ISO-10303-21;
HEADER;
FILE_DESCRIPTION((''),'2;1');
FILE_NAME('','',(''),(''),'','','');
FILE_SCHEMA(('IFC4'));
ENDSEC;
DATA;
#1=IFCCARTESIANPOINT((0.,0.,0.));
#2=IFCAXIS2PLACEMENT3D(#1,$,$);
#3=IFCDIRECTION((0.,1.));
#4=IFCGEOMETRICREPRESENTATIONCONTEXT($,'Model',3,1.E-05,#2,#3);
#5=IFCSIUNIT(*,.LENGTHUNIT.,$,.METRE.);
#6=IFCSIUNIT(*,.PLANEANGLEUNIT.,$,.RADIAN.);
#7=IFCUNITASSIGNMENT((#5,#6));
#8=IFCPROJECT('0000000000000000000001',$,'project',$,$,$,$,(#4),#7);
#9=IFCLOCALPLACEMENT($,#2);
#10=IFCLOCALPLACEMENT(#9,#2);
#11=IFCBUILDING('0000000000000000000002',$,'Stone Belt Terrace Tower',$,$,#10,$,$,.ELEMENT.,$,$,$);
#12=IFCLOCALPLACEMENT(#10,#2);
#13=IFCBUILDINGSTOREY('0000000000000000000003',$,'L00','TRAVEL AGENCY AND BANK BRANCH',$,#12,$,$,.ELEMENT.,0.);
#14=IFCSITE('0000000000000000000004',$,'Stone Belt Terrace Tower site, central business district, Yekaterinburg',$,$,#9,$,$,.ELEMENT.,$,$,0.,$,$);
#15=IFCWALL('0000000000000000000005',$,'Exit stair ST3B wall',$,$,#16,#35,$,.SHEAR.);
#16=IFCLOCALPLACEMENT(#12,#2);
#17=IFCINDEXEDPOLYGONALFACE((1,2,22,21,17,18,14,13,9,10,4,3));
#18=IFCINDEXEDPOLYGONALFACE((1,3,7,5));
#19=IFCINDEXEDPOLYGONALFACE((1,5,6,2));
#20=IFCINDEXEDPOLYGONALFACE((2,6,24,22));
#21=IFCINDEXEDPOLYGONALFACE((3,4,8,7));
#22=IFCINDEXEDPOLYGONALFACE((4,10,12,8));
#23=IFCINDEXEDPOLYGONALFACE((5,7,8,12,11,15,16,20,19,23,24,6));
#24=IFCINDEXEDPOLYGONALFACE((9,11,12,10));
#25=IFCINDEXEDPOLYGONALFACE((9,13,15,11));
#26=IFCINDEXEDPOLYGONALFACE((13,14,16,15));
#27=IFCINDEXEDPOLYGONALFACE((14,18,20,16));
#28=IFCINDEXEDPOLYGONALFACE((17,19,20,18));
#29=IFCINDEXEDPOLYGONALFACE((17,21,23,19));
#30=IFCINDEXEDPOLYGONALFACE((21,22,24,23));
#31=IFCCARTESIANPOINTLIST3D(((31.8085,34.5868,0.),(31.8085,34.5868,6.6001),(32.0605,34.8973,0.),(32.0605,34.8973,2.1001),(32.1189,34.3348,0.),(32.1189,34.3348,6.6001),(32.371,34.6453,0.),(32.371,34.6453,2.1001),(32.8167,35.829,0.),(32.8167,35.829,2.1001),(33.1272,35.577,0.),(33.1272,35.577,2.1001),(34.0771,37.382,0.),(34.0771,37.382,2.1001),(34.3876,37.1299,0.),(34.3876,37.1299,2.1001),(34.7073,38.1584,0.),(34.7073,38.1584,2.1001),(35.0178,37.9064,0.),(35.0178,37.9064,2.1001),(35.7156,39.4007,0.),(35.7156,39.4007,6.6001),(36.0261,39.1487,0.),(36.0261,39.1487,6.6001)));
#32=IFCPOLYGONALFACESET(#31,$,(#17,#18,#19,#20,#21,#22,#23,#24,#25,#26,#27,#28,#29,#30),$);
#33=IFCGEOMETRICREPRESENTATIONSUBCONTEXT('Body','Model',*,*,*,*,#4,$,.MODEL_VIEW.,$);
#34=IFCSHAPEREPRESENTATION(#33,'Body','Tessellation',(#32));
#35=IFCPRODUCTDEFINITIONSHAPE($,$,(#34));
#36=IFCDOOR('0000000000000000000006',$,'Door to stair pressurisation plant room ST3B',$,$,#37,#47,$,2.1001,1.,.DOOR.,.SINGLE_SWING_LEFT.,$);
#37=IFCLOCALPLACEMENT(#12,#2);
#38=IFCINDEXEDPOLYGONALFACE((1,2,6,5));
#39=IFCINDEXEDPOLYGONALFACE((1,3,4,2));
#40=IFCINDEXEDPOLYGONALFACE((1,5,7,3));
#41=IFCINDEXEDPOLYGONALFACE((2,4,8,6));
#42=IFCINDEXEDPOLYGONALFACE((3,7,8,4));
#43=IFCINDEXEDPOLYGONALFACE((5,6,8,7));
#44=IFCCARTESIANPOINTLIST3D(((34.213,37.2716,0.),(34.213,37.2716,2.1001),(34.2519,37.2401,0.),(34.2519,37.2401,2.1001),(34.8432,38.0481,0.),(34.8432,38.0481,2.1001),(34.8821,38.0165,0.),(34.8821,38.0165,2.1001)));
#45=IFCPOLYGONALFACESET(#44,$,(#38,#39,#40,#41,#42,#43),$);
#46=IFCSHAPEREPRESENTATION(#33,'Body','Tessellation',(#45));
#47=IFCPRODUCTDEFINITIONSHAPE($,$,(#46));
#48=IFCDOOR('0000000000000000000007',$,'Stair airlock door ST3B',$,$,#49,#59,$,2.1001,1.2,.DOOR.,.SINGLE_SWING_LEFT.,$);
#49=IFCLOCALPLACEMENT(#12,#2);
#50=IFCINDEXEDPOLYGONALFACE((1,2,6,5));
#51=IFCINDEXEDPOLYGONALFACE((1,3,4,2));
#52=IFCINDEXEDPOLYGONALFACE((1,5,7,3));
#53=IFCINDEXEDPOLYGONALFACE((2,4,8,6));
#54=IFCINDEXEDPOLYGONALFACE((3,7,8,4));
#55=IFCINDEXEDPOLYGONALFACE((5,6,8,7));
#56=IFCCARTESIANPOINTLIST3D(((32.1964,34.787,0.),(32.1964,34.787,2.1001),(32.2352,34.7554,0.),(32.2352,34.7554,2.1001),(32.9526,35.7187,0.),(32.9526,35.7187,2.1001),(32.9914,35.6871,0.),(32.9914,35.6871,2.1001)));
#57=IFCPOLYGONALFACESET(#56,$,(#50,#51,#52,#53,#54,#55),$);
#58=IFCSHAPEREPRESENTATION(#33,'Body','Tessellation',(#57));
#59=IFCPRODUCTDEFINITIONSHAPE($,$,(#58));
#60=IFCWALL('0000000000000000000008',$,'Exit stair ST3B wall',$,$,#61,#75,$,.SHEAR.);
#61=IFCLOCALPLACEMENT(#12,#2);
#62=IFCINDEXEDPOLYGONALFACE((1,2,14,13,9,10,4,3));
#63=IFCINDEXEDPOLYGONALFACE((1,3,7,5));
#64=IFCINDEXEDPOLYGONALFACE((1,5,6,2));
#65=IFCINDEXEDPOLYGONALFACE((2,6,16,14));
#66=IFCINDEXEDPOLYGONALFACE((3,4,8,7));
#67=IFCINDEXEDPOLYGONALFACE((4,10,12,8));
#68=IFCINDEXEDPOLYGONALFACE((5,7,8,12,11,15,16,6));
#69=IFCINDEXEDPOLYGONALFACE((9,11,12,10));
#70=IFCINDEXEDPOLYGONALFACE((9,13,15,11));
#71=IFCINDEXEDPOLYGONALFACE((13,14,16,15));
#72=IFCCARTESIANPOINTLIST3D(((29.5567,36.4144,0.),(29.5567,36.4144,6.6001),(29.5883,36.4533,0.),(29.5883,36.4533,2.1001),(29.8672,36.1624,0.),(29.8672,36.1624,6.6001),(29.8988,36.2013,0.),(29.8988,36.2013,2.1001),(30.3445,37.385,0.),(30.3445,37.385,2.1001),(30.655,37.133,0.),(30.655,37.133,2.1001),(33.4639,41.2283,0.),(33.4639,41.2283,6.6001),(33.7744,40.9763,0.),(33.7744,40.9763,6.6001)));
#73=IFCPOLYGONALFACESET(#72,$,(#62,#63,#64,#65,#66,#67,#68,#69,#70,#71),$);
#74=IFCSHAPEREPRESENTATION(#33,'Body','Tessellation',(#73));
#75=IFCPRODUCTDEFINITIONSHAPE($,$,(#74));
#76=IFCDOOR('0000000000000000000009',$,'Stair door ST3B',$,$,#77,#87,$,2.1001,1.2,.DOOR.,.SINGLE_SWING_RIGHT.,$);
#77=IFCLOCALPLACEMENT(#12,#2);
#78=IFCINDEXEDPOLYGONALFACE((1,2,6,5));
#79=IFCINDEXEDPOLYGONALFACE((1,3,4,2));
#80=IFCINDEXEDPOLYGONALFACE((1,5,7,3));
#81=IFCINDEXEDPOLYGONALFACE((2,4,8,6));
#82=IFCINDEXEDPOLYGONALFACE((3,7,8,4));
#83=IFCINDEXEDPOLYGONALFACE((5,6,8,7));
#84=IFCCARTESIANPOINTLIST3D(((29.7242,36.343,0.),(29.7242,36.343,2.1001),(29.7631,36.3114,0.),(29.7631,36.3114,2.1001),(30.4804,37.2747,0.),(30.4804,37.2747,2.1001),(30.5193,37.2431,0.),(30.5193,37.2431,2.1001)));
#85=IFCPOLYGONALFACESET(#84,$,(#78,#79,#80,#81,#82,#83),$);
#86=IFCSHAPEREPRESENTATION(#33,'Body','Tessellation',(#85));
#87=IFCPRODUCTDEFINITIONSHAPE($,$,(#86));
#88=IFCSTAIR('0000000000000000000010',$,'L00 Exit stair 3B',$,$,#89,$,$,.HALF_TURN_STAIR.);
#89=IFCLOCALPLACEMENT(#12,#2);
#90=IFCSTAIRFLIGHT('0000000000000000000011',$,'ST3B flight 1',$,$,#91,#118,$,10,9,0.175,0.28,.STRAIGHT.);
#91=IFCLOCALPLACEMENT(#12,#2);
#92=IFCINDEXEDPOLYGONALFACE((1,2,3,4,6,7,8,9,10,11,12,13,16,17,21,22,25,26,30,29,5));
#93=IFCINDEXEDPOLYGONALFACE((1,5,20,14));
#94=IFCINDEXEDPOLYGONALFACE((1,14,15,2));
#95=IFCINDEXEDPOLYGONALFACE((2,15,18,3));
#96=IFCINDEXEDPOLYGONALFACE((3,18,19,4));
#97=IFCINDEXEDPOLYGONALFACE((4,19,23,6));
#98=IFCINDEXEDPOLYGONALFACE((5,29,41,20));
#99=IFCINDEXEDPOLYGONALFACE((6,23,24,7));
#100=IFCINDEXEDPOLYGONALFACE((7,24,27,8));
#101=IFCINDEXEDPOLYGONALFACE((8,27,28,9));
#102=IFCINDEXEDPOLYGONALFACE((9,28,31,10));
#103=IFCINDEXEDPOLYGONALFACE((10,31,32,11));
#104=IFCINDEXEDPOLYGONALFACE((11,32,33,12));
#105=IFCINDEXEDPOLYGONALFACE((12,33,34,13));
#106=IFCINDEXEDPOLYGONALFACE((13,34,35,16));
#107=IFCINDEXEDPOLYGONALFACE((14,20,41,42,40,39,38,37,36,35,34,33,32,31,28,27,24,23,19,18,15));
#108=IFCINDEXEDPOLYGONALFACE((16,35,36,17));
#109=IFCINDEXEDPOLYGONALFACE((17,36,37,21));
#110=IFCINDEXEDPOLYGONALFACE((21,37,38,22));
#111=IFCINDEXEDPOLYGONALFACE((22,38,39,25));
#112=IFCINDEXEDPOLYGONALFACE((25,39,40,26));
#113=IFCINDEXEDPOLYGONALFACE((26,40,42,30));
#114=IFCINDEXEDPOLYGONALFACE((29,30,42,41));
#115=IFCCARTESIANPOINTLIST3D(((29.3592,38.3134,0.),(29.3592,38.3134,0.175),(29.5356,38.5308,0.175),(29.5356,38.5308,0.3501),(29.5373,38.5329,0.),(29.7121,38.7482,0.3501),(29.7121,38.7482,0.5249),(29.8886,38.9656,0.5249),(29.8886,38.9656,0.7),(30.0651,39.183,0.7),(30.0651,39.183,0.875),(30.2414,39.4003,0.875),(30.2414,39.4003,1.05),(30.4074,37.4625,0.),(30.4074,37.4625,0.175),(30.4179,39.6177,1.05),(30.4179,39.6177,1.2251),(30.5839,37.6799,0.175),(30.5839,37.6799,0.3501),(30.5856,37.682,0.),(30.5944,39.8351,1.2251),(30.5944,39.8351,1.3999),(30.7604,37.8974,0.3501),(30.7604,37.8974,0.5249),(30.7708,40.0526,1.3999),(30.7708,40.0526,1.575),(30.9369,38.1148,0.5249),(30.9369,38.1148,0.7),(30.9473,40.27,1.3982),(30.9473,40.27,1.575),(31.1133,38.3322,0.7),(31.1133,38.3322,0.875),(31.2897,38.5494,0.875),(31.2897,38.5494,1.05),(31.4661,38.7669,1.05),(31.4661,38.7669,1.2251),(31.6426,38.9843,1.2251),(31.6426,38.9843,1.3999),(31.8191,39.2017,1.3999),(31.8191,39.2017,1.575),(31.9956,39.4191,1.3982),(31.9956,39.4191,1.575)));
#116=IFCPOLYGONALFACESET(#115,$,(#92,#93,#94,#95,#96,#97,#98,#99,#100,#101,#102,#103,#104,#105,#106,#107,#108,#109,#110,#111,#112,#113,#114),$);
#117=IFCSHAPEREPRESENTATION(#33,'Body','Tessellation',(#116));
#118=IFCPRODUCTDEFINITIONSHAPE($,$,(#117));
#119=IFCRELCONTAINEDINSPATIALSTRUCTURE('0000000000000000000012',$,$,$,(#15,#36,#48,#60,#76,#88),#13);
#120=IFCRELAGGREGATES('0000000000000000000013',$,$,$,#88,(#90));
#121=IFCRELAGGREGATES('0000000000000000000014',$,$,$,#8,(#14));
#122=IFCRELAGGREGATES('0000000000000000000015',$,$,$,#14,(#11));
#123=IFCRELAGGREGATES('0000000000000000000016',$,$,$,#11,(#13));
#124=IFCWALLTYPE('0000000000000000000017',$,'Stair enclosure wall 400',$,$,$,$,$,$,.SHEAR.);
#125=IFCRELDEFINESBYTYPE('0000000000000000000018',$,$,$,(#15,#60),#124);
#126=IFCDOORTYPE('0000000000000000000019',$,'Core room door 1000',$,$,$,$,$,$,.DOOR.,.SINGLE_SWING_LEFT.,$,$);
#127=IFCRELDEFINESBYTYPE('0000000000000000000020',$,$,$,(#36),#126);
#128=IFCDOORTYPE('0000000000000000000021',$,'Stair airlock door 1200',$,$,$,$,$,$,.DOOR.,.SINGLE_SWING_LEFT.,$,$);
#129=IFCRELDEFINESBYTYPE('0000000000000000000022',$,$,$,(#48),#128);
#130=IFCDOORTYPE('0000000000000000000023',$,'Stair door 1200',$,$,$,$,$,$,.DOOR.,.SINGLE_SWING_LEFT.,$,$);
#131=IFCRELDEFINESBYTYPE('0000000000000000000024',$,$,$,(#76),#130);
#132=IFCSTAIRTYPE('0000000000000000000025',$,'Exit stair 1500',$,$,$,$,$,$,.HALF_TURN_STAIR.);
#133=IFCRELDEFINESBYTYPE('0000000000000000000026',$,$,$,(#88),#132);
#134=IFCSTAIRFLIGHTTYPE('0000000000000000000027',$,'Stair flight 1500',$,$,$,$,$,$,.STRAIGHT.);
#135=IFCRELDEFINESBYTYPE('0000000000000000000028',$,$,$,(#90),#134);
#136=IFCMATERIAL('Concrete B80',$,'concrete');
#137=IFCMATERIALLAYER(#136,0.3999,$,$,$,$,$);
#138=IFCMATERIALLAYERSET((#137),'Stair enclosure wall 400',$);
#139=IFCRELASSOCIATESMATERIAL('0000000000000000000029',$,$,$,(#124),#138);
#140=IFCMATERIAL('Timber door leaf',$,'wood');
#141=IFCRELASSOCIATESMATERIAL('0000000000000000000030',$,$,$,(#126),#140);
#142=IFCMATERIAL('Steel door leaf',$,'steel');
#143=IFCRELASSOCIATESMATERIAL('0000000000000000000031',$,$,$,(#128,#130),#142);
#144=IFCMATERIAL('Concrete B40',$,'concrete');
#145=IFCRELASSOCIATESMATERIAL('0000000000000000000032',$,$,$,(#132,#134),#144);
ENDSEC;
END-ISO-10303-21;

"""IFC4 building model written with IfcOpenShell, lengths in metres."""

from ifc_helpers import new_model, si_unit, direction, frame, frame_2d, origin, place, context, subcontext, project, spatial, polyline, rectangle, outline, extrude, material, layer, layer_set, type_object, element, fill, aggregate, save


model = new_model("IFC4")

# Units and contexts
model_context = context("Model", 3, precision=1e-05, world=origin(), true_north=direction((0.0, 1.0)))
body_context = subcontext(model_context, "Body", "Model", "MODEL_VIEW")
ifc_project = project(units=[si_unit("LENGTHUNIT", "METRE"), si_unit("PLANEANGLEUNIT", "RADIAN")], contexts=[model_context])

# Site, building, storey
site_placement = place(None, origin())
site = spatial("IfcSite", under=ifc_project, at=site_placement, Name="Stone Belt Terrace Tower site, central business district, Yekaterinburg", CompositionType="ELEMENT", RefElevation=0.0)
building_placement = place(site_placement, origin())
building = spatial("IfcBuilding", under=site, at=building_placement, Name="Stone Belt Terrace Tower", CompositionType="ELEMENT")
storey_placement = place(building_placement, origin())
storey = spatial("IfcBuildingStorey", under=building, at=storey_placement, Name="L00", Description="TRAVEL AGENCY AND BANK BRANCH", CompositionType="ELEMENT", Elevation=0.0)

# Shared definitions
ifc_material_1 = material(Name="Concrete B80", Category="concrete")

# Wall, openings, doors
ifc_layer_1 = layer(ifc_material_1, 0.3999)
ifc_layer_set_1 = layer_set([ifc_layer_1], Name="Stair enclosure wall 400")
wall_type_1 = type_object("IfcWallType", Name="Stair enclosure wall 400", PredefinedType="SHEAR", material=ifc_layer_set_1)
wall_1_placement = place(storey_placement, frame((31.9636, 34.4607, 0.0), z_axis=(0.0, 0.0, 1.0), x_axis=(0.630192, 0.776439, 0.0)))
wall_1 = element("IfcWall", 1, at=wall_1_placement, inside=storey, type_object=wall_type_1, Name="Exit stair ST3B wall", PredefinedType="SHEAR", context=body_context, shape_type="SweptSolid", body=[
    extrude(rectangle(XDim=6.2, YDim=0.3999, at=frame_2d((3.1001, 0.0))), origin(), (0.0, 0.0, 1.0), 6.6001),
])
opening_1_placement = place(wall_1_placement, frame((0.3999, 0.0, 0.0)))
opening_1 = element("IfcOpeningElement", 2, at=opening_1_placement, cuts=wall_1, PredefinedType="OPENING", context=body_context, shape_type="SweptSolid", body=[
    extrude(rectangle(XDim=1.2, YDim=2.1001, at=frame_2d((0.6001, 1.05))), frame((0.0, 0.21, 0.0), z_axis=(0.0, -1.0, 0.0), x_axis=(1.0, 0.0, 0.0)), (0.0, 0.0, 1.0), 0.4199),
])
opening_2_placement = place(wall_1_placement, frame((3.6001, 0.0, 0.0)))
opening_2 = element("IfcOpeningElement", 3, at=opening_2_placement, cuts=wall_1, PredefinedType="OPENING", context=body_context, shape_type="SweptSolid", body=[
    extrude(rectangle(XDim=1.0, YDim=2.1001, at=frame_2d((0.5, 1.05))), frame((0.0, 0.21, 0.0), z_axis=(0.0, -1.0, 0.0), x_axis=(1.0, 0.0, 0.0)), (0.0, 0.0, 1.0), 0.4199),
])
ifc_material_2 = material(Name="Timber door leaf", Category="wood")
door_type_1 = type_object("IfcDoorType", Name="Core room door 1000", OperationType="SINGLE_SWING_LEFT", PredefinedType="DOOR", material=ifc_material_2)
door_1_placement = place(opening_2_placement, origin())
door_1 = element("IfcDoor", 4, at=door_1_placement, inside=storey, type_object=door_type_1, Name="Door to stair pressurisation plant room ST3B", OperationType="SINGLE_SWING_LEFT", OverallHeight=2.1001, OverallWidth=1.0, PredefinedType="DOOR", context=body_context, shape_type="SweptSolid", body=[
    extrude(rectangle(XDim=1.0, YDim=2.1001, at=frame_2d((0.5, 1.05))), frame((0.0, 0.0249, 0.0), z_axis=(0.0, -1.0, 0.0), x_axis=(1.0, 0.0, 0.0)), (0.0, 0.0, 1.0), 0.05),
])
fill(opening_2, door_1)
ifc_material_3 = material(Name="Steel door leaf", Category="steel")
door_type_2 = type_object("IfcDoorType", Name="Stair airlock door 1200", OperationType="SINGLE_SWING_LEFT", PredefinedType="DOOR", material=ifc_material_3)
door_2_placement = place(opening_1_placement, origin())
door_2 = element("IfcDoor", 5, at=door_2_placement, inside=storey, type_object=door_type_2, Name="Stair airlock door ST3B", OperationType="SINGLE_SWING_LEFT", OverallHeight=2.1001, OverallWidth=1.2, PredefinedType="DOOR", context=body_context, shape_type="SweptSolid", body=[
    extrude(rectangle(XDim=1.2, YDim=2.1001, at=frame_2d((0.6001, 1.05))), frame((0.0, 0.0249, 0.0), z_axis=(0.0, -1.0, 0.0), x_axis=(1.0, 0.0, 0.0)), (0.0, 0.0, 1.0), 0.05),
])
fill(opening_1, door_2)

# Wall, opening, door
wall_2_placement = place(storey_placement, frame((29.7119, 36.2883, 0.0), z_axis=(0.0, 0.0, 1.0), x_axis=(0.630192, 0.776439, 0.0)))
wall_2 = element("IfcWall", 6, at=wall_2_placement, inside=storey, type_object=wall_type_1, Name="Exit stair ST3B wall", PredefinedType="SHEAR", context=body_context, shape_type="SweptSolid", body=[
    extrude(rectangle(XDim=6.2, YDim=0.3999, at=frame_2d((3.1001, 0.0))), origin(), (0.0, 0.0, 1.0), 6.6001),
])
opening_3_placement = place(wall_2_placement, frame((0.05, 0.0, 0.0)))
opening_3 = element("IfcOpeningElement", 7, at=opening_3_placement, cuts=wall_2, PredefinedType="OPENING", context=body_context, shape_type="SweptSolid", body=[
    extrude(rectangle(XDim=1.2, YDim=2.1001, at=frame_2d((0.6001, 1.05))), frame((0.0, 0.21, 0.0), z_axis=(0.0, -1.0, 0.0), x_axis=(1.0, 0.0, 0.0)), (0.0, 0.0, 1.0), 0.4199),
])
door_type_3 = type_object("IfcDoorType", Name="Stair door 1200", OperationType="SINGLE_SWING_LEFT", PredefinedType="DOOR", material=ifc_material_3)
door_3_placement = place(opening_3_placement, origin())
door_3 = element("IfcDoor", 8, at=door_3_placement, inside=storey, type_object=door_type_3, Name="Stair door ST3B", OperationType="SINGLE_SWING_RIGHT", OverallHeight=2.1001, OverallWidth=1.2, PredefinedType="DOOR", context=body_context, shape_type="SweptSolid", body=[
    extrude(rectangle(XDim=1.2, YDim=2.1001, at=frame_2d((0.6001, 1.05))), frame((0.0, 0.0249, 0.0), z_axis=(0.0, -1.0, 0.0), x_axis=(1.0, 0.0, 0.0)), (0.0, 0.0, 1.0), 0.05),
])
fill(opening_3, door_3)

# Stair, stair flight
ifc_material_4 = material(Name="Concrete B40", Category="concrete")
stair_type = type_object("IfcStairType", Name="Exit stair 1500", PredefinedType="HALF_TURN_STAIR", material=ifc_material_4)
stair_placement = place(storey_placement, origin())
stair = element("IfcStair", 9, at=stair_placement, inside=storey, type_object=stair_type, Name="L00 Exit stair 3B", PredefinedType="HALF_TURN_STAIR")
stair_flight_type = type_object("IfcStairFlightType", Name="Stair flight 1500", PredefinedType="STRAIGHT", material=ifc_material_4)
stair_flight_placement = place(storey_placement, frame((29.8833, 37.8879, 0.0), z_axis=(0.0, 0.0, 1.0), x_axis=(0.630206, 0.776428, 0.0)))
stair_flight = element("IfcStairFlight", 10, at=stair_flight_placement, type_object=stair_flight_type, Name="ST3B flight 1", NumberOfRisers=10, NumberOfTreads=9, PredefinedType="STRAIGHT", RiserHeight=0.175, TreadLength=0.28, context=body_context, shape_type="SweptSolid", body=[
    extrude(outline(polyline([(0.0, 0.0), (0.0, 0.175), (0.28, 0.175), (0.28, 0.3501), (0.5601, 0.3501), (0.5601, 0.5249), (0.8401, 0.5249), (0.8401, 0.7), (1.1201, 0.7), (1.1201, 0.875), (1.3999, 0.875), (1.3999, 1.05), (1.6799, 1.05), (1.6799, 1.2251), (1.96, 1.2251), (1.96, 1.3999), (2.24, 1.3999), (2.24, 1.575), (2.52, 1.575), (2.52, 1.75), (2.52, 1.3982), (0.2827, 0.0), (0.0, 0.0)])), frame((0.0, 0.675, 0.0), z_axis=(0.0, -1.0, 0.0), x_axis=(1.0, 0.0, 0.0)), (0.0, 0.0, 1.0), 1.3501),
])
aggregate(stair, [stair_flight])

save(model, "model.ifc")
